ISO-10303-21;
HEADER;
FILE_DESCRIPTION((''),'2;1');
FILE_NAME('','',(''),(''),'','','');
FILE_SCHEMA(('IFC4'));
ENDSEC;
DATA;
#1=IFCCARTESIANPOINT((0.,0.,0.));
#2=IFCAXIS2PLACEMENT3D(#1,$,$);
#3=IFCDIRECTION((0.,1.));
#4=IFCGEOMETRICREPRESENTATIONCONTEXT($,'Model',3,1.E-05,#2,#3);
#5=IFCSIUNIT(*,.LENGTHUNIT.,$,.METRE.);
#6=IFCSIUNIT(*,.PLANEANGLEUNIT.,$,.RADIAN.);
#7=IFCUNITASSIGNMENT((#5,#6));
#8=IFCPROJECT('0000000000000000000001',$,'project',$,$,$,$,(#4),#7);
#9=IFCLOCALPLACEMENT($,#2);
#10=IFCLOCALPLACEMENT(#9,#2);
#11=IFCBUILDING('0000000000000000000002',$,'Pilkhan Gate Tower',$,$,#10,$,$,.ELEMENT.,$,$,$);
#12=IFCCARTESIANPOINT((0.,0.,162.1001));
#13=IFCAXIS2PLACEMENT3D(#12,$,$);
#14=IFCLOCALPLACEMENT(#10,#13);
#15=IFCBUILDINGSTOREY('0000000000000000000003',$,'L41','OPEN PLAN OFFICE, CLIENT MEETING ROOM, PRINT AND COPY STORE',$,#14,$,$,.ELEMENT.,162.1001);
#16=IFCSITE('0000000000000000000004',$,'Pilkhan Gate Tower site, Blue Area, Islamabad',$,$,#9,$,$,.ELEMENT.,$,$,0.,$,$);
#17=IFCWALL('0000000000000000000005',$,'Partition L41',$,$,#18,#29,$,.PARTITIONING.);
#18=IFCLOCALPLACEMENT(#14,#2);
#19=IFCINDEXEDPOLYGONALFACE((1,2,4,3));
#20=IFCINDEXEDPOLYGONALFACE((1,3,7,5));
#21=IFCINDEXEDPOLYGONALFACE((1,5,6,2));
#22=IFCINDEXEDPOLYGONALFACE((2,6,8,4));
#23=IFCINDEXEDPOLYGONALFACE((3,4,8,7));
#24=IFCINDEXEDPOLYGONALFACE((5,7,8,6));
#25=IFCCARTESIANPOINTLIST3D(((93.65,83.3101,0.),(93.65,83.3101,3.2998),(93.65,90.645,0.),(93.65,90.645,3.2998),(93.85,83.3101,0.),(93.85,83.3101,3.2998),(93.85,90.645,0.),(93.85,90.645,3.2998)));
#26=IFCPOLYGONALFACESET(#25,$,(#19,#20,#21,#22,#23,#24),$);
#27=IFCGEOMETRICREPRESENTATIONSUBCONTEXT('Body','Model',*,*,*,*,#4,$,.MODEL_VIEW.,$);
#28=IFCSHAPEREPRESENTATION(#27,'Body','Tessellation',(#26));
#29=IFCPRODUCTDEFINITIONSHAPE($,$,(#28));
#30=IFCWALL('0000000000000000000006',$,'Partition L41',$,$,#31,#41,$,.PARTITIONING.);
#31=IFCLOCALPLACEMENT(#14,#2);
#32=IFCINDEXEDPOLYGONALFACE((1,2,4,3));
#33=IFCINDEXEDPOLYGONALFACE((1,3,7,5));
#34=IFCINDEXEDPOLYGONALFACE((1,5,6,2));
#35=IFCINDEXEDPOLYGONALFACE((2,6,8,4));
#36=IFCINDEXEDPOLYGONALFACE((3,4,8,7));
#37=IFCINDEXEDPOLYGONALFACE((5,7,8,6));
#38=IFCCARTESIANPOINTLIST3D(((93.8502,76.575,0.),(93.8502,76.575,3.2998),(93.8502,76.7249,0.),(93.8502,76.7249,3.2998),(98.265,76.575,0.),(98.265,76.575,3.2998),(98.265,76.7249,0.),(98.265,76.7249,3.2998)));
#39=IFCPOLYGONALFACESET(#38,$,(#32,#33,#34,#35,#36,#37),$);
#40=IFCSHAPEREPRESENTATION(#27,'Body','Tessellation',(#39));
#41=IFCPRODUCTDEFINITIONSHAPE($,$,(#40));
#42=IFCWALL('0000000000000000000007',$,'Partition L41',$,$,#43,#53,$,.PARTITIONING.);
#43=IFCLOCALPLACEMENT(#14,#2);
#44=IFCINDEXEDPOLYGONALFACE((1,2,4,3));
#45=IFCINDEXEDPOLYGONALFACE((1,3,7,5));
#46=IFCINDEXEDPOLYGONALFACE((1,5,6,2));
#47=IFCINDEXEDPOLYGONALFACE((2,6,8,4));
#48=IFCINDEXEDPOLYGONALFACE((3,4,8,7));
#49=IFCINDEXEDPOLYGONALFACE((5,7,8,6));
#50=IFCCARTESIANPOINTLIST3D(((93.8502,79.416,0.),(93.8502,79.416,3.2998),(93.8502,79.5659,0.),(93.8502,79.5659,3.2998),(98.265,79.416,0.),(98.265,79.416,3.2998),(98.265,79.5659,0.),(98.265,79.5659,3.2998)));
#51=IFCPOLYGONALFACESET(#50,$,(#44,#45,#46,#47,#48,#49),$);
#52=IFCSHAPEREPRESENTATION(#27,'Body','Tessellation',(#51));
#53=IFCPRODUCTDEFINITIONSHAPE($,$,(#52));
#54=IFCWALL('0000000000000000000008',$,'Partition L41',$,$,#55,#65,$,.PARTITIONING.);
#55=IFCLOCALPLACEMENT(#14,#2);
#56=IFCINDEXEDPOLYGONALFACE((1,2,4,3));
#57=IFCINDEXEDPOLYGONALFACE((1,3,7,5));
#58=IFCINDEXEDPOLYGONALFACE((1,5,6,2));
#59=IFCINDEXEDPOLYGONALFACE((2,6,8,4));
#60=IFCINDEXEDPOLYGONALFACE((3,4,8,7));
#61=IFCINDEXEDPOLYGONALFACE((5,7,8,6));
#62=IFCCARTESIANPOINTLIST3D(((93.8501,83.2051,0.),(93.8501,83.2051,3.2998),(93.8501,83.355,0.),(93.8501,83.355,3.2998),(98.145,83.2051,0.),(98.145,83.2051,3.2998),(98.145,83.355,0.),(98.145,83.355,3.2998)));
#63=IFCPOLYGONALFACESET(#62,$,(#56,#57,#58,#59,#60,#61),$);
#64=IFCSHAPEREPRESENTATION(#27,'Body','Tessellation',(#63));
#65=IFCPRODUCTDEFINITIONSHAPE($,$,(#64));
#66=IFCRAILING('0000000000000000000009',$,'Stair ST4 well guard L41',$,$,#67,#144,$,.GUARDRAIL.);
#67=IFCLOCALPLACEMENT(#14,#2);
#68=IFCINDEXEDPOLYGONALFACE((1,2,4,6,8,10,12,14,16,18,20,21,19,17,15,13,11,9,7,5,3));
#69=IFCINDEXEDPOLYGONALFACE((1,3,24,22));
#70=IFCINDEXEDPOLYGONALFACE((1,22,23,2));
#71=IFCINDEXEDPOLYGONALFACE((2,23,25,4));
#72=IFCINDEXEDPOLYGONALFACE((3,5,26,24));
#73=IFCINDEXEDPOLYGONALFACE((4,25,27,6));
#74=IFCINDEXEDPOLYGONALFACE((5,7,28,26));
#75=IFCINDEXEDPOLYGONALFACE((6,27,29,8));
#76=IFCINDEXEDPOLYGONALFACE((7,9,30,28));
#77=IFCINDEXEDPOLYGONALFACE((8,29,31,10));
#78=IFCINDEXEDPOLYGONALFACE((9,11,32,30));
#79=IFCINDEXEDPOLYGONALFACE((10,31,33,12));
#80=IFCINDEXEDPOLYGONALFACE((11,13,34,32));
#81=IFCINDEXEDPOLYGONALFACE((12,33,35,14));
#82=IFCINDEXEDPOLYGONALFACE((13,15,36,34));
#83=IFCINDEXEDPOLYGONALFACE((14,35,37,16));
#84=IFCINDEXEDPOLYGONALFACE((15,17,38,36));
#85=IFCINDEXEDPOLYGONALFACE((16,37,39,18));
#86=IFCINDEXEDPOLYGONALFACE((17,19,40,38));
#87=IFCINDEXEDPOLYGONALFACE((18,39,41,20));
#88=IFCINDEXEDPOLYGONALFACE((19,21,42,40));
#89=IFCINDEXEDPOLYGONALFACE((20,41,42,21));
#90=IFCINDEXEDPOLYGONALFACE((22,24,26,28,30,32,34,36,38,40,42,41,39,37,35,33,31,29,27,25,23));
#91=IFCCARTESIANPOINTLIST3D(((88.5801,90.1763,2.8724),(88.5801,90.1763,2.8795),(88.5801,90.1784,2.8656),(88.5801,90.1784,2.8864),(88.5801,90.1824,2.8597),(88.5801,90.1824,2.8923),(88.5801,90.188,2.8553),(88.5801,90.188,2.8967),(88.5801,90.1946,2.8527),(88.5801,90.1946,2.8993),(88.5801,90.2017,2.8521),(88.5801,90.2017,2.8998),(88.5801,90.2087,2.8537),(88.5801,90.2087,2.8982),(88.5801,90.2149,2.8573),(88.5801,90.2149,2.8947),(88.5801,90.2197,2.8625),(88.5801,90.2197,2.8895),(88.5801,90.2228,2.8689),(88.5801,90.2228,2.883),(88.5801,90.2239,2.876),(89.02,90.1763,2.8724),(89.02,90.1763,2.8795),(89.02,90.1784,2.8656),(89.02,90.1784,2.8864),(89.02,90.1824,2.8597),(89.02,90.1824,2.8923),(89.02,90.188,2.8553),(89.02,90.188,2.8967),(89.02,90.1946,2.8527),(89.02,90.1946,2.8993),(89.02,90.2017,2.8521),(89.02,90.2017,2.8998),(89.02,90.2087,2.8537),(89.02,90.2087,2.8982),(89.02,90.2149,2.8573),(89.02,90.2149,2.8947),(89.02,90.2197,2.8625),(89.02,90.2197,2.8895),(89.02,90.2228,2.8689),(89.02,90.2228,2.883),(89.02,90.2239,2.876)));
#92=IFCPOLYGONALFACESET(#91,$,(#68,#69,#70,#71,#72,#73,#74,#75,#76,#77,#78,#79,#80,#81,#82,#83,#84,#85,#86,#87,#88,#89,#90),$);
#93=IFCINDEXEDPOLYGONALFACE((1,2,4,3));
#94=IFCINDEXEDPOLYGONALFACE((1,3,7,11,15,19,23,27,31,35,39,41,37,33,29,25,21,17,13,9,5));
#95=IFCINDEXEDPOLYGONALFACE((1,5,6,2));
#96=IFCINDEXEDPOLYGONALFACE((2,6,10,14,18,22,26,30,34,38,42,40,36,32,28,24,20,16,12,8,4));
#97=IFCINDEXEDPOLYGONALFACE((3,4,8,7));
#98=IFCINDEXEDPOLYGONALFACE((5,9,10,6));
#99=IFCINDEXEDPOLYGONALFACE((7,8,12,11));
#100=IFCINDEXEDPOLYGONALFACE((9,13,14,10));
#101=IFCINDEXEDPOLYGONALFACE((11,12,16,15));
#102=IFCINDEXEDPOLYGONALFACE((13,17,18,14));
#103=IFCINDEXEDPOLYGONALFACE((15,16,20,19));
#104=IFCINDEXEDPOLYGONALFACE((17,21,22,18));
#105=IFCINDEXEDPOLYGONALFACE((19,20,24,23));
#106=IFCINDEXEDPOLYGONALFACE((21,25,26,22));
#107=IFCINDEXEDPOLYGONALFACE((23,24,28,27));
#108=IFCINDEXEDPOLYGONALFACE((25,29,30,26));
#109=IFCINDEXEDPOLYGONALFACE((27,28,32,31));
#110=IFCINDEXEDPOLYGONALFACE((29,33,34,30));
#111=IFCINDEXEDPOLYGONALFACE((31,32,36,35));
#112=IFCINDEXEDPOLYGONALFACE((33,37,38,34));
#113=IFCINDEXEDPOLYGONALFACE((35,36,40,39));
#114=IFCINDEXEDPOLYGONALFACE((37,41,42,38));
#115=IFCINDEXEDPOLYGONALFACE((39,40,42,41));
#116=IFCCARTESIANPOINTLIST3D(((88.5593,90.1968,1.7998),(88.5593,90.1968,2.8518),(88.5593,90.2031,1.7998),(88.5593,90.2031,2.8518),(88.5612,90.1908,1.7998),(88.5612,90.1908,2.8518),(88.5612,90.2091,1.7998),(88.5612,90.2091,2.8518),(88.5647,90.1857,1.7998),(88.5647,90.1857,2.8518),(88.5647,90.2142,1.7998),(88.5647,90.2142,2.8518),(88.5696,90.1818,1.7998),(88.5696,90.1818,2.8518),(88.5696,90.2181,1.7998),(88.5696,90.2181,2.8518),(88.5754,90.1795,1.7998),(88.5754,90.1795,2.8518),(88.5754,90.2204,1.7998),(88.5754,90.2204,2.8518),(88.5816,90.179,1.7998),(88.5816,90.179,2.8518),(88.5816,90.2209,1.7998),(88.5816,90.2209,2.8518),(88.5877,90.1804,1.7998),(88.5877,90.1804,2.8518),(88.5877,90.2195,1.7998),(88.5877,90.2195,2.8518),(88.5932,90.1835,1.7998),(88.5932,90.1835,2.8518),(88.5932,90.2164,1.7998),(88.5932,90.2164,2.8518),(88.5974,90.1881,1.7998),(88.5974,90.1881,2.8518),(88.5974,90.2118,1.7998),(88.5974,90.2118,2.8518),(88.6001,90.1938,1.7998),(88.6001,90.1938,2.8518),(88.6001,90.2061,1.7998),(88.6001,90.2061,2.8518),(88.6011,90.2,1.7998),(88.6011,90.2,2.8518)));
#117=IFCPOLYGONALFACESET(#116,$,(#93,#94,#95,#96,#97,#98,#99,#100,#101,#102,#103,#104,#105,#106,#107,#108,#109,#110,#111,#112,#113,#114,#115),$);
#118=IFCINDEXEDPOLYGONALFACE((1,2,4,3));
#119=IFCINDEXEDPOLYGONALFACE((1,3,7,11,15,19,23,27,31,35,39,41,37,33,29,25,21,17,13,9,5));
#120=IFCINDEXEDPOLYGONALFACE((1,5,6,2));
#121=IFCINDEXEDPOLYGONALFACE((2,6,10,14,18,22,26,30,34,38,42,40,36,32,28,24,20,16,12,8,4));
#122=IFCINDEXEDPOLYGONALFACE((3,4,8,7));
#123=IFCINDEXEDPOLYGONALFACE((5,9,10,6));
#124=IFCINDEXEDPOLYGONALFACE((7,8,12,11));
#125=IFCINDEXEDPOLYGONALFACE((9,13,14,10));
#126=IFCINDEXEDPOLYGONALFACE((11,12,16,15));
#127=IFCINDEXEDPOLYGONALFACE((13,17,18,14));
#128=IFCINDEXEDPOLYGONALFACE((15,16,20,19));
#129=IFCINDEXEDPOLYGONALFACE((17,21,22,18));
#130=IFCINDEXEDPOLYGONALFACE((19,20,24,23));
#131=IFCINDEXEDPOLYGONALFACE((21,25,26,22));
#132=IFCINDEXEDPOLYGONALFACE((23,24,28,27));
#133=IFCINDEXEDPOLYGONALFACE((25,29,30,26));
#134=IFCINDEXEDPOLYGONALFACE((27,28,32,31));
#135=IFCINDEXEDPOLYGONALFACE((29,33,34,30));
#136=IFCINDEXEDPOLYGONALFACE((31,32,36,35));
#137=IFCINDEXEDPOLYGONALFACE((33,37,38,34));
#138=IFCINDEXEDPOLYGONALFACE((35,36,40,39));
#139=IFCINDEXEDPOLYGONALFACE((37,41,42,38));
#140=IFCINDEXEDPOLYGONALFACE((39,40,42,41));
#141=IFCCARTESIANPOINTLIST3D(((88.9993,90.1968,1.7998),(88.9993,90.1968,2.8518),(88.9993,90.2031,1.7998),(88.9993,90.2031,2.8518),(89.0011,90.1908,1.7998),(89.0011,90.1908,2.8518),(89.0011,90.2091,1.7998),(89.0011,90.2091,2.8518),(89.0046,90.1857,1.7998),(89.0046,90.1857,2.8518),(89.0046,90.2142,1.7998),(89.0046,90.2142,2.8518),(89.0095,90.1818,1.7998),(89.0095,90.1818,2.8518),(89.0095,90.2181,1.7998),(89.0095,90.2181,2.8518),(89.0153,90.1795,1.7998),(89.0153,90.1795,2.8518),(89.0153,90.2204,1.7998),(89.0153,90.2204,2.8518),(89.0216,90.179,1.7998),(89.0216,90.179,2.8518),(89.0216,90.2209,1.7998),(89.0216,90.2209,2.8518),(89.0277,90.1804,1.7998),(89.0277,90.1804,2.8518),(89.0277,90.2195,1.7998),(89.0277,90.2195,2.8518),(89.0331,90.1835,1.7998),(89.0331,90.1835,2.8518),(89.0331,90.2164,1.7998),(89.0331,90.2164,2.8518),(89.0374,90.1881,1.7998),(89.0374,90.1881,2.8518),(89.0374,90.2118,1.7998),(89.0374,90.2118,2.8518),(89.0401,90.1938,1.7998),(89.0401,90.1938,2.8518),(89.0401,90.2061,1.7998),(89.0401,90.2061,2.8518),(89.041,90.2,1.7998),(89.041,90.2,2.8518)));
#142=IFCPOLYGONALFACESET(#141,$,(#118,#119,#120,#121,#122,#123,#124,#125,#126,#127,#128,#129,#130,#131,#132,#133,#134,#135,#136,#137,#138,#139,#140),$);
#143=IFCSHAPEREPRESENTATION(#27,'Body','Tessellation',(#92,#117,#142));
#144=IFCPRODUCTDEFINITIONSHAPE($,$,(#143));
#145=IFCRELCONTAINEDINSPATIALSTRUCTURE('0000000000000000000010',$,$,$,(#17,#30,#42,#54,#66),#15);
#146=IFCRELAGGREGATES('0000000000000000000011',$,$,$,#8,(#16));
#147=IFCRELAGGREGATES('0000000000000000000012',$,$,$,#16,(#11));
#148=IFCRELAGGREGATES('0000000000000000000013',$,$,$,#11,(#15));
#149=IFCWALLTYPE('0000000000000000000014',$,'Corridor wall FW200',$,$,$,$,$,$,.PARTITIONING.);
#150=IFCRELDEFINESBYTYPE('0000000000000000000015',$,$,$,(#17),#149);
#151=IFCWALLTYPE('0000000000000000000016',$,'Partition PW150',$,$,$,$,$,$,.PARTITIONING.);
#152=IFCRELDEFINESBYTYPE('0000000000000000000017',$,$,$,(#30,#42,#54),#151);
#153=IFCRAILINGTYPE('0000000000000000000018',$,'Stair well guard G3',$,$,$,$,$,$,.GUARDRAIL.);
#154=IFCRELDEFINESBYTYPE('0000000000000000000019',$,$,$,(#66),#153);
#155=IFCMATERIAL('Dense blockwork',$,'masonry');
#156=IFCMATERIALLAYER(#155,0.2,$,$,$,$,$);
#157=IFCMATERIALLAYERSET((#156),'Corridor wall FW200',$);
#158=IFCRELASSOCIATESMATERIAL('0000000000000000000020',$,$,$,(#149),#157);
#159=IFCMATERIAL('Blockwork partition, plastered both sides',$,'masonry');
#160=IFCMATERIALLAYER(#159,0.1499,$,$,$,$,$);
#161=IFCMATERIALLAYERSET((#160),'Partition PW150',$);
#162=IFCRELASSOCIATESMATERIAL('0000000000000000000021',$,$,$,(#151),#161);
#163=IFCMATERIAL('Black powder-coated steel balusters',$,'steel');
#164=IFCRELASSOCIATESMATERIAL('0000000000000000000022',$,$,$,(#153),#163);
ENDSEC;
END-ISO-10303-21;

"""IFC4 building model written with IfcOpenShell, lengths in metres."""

from ifc_helpers import new_model, si_unit, direction, frame, frame_2d, origin, origin_2d, place, context, subcontext, project, spatial, rectangle, circle, extrude, material, layer, layer_set, type_object, element, save


model = new_model("IFC4")

# Units and contexts
model_context = context("Model", 3, precision=1e-05, world=origin(), true_north=direction((0.0, 1.0)))
body_context = subcontext(model_context, "Body", "Model", "MODEL_VIEW")
ifc_project = project(units=[si_unit("LENGTHUNIT", "METRE"), si_unit("PLANEANGLEUNIT", "RADIAN")], contexts=[model_context])

# Site, building, storey
site_placement = place(None, origin())
site = spatial("IfcSite", under=ifc_project, at=site_placement, Name="Pilkhan Gate Tower site, Blue Area, Islamabad", CompositionType="ELEMENT", RefElevation=0.0)
building_placement = place(site_placement, origin())
building = spatial("IfcBuilding", under=site, at=building_placement, Name="Pilkhan Gate Tower", CompositionType="ELEMENT")
storey_placement = place(building_placement, frame((0.0, 0.0, 162.1001)))
storey = spatial("IfcBuildingStorey", under=building, at=storey_placement, Name="L41", Description="OPEN PLAN OFFICE, CLIENT MEETING ROOM, PRINT AND COPY STORE", CompositionType="ELEMENT", Elevation=162.1001)

# Walls
ifc_material_1 = material(Name="Dense blockwork", Category="masonry")
ifc_layer_1 = layer(ifc_material_1, 0.2)
ifc_layer_set_1 = layer_set([ifc_layer_1], Name="Corridor wall FW200")
wall_type_1 = type_object("IfcWallType", Name="Corridor wall FW200", PredefinedType="PARTITIONING", material=ifc_layer_set_1)
wall_1_placement = place(storey_placement, frame((93.75, 83.3101, 0.0), z_axis=(0.0, 0.0, 1.0), x_axis=(0.0, 1.0, 0.0)))
element("IfcWall", 1, at=wall_1_placement, inside=storey, type_object=wall_type_1, Name="Partition L41", PredefinedType="PARTITIONING", context=body_context, shape_type="SweptSolid", body=[
    extrude(rectangle(XDim=7.335, YDim=0.2, at=frame_2d((3.6675, 0.0))), origin(), (0.0, 0.0, 1.0), 3.2998),
])
ifc_material_2 = material(Name="Blockwork partition, plastered both sides", Category="masonry")
ifc_layer_2 = layer(ifc_material_2, 0.1499)
ifc_layer_set_2 = layer_set([ifc_layer_2], Name="Partition PW150")
wall_type_2 = type_object("IfcWallType", Name="Partition PW150", PredefinedType="PARTITIONING", material=ifc_layer_set_2)
for number, where, z_axis, x_axis, name in (
    (2, (93.8501, 76.6499, 0.0), (0.0, 0.0, 1.0), (1.0, 0.0, 0.0), "Partition L41"),
    (3, (93.8501, 79.491, 0.0), (0.0, 0.0, 1.0), (1.0, 0.0, 0.0), "Partition L41"),
):
    element("IfcWall", number, at=place(storey_placement, frame(where, z_axis=z_axis, x_axis=x_axis)), inside=storey, type_object=wall_type_2, Name=name, PredefinedType="PARTITIONING", context=body_context, shape_type="SweptSolid", body=[
        extrude(rectangle(XDim=4.4148, YDim=0.1499, at=frame_2d((2.2075, 0.0))), origin(), (0.0, 0.0, 1.0), 3.2998),
    ])
wall_2_placement = place(storey_placement, frame((93.8501, 83.28, 0.0), z_axis=(0.0, 0.0, 1.0), x_axis=(1.0, 0.0, 0.0)))
element("IfcWall", 4, at=wall_2_placement, inside=storey, type_object=wall_type_2, Name="Partition L41", PredefinedType="PARTITIONING", context=body_context, shape_type="SweptSolid", body=[
    extrude(rectangle(XDim=4.2949, YDim=0.1499, at=frame_2d((2.1475, 0.0))), origin(), (0.0, 0.0, 1.0), 3.2998),
])

# Railing
ifc_material_3 = material(Name="Black powder-coated steel balusters", Category="steel")
railing_type = type_object("IfcRailingType", Name="Stair well guard G3", PredefinedType="GUARDRAIL", material=ifc_material_3)
railing_placement = place(storey_placement, frame((88.5801, 90.2, 1.7998)))
element("IfcRailing", 5, at=railing_placement, inside=storey, type_object=railing_type, Name="Stair ST4 well guard L41", PredefinedType="GUARDRAIL", context=body_context, shape_type="SweptSolid", body=[
    extrude(circle(Radius=0.0239, at=origin_2d()), frame((0.0, 0.0, 1.0762), z_axis=(1.0, 0.0, 0.0), x_axis=(0.0, 1.0, 0.0)), (0.0, 0.0, 1.0), 0.4399),
    extrude(circle(Radius=0.021, at=origin_2d()), origin(), (0.0, 0.0, 1.0), 1.052),
    extrude(circle(Radius=0.021, at=origin_2d()), frame((0.4399, 0.0, 0.0)), (0.0, 0.0, 1.0), 1.052),
])

save(model, "model.ifc")
